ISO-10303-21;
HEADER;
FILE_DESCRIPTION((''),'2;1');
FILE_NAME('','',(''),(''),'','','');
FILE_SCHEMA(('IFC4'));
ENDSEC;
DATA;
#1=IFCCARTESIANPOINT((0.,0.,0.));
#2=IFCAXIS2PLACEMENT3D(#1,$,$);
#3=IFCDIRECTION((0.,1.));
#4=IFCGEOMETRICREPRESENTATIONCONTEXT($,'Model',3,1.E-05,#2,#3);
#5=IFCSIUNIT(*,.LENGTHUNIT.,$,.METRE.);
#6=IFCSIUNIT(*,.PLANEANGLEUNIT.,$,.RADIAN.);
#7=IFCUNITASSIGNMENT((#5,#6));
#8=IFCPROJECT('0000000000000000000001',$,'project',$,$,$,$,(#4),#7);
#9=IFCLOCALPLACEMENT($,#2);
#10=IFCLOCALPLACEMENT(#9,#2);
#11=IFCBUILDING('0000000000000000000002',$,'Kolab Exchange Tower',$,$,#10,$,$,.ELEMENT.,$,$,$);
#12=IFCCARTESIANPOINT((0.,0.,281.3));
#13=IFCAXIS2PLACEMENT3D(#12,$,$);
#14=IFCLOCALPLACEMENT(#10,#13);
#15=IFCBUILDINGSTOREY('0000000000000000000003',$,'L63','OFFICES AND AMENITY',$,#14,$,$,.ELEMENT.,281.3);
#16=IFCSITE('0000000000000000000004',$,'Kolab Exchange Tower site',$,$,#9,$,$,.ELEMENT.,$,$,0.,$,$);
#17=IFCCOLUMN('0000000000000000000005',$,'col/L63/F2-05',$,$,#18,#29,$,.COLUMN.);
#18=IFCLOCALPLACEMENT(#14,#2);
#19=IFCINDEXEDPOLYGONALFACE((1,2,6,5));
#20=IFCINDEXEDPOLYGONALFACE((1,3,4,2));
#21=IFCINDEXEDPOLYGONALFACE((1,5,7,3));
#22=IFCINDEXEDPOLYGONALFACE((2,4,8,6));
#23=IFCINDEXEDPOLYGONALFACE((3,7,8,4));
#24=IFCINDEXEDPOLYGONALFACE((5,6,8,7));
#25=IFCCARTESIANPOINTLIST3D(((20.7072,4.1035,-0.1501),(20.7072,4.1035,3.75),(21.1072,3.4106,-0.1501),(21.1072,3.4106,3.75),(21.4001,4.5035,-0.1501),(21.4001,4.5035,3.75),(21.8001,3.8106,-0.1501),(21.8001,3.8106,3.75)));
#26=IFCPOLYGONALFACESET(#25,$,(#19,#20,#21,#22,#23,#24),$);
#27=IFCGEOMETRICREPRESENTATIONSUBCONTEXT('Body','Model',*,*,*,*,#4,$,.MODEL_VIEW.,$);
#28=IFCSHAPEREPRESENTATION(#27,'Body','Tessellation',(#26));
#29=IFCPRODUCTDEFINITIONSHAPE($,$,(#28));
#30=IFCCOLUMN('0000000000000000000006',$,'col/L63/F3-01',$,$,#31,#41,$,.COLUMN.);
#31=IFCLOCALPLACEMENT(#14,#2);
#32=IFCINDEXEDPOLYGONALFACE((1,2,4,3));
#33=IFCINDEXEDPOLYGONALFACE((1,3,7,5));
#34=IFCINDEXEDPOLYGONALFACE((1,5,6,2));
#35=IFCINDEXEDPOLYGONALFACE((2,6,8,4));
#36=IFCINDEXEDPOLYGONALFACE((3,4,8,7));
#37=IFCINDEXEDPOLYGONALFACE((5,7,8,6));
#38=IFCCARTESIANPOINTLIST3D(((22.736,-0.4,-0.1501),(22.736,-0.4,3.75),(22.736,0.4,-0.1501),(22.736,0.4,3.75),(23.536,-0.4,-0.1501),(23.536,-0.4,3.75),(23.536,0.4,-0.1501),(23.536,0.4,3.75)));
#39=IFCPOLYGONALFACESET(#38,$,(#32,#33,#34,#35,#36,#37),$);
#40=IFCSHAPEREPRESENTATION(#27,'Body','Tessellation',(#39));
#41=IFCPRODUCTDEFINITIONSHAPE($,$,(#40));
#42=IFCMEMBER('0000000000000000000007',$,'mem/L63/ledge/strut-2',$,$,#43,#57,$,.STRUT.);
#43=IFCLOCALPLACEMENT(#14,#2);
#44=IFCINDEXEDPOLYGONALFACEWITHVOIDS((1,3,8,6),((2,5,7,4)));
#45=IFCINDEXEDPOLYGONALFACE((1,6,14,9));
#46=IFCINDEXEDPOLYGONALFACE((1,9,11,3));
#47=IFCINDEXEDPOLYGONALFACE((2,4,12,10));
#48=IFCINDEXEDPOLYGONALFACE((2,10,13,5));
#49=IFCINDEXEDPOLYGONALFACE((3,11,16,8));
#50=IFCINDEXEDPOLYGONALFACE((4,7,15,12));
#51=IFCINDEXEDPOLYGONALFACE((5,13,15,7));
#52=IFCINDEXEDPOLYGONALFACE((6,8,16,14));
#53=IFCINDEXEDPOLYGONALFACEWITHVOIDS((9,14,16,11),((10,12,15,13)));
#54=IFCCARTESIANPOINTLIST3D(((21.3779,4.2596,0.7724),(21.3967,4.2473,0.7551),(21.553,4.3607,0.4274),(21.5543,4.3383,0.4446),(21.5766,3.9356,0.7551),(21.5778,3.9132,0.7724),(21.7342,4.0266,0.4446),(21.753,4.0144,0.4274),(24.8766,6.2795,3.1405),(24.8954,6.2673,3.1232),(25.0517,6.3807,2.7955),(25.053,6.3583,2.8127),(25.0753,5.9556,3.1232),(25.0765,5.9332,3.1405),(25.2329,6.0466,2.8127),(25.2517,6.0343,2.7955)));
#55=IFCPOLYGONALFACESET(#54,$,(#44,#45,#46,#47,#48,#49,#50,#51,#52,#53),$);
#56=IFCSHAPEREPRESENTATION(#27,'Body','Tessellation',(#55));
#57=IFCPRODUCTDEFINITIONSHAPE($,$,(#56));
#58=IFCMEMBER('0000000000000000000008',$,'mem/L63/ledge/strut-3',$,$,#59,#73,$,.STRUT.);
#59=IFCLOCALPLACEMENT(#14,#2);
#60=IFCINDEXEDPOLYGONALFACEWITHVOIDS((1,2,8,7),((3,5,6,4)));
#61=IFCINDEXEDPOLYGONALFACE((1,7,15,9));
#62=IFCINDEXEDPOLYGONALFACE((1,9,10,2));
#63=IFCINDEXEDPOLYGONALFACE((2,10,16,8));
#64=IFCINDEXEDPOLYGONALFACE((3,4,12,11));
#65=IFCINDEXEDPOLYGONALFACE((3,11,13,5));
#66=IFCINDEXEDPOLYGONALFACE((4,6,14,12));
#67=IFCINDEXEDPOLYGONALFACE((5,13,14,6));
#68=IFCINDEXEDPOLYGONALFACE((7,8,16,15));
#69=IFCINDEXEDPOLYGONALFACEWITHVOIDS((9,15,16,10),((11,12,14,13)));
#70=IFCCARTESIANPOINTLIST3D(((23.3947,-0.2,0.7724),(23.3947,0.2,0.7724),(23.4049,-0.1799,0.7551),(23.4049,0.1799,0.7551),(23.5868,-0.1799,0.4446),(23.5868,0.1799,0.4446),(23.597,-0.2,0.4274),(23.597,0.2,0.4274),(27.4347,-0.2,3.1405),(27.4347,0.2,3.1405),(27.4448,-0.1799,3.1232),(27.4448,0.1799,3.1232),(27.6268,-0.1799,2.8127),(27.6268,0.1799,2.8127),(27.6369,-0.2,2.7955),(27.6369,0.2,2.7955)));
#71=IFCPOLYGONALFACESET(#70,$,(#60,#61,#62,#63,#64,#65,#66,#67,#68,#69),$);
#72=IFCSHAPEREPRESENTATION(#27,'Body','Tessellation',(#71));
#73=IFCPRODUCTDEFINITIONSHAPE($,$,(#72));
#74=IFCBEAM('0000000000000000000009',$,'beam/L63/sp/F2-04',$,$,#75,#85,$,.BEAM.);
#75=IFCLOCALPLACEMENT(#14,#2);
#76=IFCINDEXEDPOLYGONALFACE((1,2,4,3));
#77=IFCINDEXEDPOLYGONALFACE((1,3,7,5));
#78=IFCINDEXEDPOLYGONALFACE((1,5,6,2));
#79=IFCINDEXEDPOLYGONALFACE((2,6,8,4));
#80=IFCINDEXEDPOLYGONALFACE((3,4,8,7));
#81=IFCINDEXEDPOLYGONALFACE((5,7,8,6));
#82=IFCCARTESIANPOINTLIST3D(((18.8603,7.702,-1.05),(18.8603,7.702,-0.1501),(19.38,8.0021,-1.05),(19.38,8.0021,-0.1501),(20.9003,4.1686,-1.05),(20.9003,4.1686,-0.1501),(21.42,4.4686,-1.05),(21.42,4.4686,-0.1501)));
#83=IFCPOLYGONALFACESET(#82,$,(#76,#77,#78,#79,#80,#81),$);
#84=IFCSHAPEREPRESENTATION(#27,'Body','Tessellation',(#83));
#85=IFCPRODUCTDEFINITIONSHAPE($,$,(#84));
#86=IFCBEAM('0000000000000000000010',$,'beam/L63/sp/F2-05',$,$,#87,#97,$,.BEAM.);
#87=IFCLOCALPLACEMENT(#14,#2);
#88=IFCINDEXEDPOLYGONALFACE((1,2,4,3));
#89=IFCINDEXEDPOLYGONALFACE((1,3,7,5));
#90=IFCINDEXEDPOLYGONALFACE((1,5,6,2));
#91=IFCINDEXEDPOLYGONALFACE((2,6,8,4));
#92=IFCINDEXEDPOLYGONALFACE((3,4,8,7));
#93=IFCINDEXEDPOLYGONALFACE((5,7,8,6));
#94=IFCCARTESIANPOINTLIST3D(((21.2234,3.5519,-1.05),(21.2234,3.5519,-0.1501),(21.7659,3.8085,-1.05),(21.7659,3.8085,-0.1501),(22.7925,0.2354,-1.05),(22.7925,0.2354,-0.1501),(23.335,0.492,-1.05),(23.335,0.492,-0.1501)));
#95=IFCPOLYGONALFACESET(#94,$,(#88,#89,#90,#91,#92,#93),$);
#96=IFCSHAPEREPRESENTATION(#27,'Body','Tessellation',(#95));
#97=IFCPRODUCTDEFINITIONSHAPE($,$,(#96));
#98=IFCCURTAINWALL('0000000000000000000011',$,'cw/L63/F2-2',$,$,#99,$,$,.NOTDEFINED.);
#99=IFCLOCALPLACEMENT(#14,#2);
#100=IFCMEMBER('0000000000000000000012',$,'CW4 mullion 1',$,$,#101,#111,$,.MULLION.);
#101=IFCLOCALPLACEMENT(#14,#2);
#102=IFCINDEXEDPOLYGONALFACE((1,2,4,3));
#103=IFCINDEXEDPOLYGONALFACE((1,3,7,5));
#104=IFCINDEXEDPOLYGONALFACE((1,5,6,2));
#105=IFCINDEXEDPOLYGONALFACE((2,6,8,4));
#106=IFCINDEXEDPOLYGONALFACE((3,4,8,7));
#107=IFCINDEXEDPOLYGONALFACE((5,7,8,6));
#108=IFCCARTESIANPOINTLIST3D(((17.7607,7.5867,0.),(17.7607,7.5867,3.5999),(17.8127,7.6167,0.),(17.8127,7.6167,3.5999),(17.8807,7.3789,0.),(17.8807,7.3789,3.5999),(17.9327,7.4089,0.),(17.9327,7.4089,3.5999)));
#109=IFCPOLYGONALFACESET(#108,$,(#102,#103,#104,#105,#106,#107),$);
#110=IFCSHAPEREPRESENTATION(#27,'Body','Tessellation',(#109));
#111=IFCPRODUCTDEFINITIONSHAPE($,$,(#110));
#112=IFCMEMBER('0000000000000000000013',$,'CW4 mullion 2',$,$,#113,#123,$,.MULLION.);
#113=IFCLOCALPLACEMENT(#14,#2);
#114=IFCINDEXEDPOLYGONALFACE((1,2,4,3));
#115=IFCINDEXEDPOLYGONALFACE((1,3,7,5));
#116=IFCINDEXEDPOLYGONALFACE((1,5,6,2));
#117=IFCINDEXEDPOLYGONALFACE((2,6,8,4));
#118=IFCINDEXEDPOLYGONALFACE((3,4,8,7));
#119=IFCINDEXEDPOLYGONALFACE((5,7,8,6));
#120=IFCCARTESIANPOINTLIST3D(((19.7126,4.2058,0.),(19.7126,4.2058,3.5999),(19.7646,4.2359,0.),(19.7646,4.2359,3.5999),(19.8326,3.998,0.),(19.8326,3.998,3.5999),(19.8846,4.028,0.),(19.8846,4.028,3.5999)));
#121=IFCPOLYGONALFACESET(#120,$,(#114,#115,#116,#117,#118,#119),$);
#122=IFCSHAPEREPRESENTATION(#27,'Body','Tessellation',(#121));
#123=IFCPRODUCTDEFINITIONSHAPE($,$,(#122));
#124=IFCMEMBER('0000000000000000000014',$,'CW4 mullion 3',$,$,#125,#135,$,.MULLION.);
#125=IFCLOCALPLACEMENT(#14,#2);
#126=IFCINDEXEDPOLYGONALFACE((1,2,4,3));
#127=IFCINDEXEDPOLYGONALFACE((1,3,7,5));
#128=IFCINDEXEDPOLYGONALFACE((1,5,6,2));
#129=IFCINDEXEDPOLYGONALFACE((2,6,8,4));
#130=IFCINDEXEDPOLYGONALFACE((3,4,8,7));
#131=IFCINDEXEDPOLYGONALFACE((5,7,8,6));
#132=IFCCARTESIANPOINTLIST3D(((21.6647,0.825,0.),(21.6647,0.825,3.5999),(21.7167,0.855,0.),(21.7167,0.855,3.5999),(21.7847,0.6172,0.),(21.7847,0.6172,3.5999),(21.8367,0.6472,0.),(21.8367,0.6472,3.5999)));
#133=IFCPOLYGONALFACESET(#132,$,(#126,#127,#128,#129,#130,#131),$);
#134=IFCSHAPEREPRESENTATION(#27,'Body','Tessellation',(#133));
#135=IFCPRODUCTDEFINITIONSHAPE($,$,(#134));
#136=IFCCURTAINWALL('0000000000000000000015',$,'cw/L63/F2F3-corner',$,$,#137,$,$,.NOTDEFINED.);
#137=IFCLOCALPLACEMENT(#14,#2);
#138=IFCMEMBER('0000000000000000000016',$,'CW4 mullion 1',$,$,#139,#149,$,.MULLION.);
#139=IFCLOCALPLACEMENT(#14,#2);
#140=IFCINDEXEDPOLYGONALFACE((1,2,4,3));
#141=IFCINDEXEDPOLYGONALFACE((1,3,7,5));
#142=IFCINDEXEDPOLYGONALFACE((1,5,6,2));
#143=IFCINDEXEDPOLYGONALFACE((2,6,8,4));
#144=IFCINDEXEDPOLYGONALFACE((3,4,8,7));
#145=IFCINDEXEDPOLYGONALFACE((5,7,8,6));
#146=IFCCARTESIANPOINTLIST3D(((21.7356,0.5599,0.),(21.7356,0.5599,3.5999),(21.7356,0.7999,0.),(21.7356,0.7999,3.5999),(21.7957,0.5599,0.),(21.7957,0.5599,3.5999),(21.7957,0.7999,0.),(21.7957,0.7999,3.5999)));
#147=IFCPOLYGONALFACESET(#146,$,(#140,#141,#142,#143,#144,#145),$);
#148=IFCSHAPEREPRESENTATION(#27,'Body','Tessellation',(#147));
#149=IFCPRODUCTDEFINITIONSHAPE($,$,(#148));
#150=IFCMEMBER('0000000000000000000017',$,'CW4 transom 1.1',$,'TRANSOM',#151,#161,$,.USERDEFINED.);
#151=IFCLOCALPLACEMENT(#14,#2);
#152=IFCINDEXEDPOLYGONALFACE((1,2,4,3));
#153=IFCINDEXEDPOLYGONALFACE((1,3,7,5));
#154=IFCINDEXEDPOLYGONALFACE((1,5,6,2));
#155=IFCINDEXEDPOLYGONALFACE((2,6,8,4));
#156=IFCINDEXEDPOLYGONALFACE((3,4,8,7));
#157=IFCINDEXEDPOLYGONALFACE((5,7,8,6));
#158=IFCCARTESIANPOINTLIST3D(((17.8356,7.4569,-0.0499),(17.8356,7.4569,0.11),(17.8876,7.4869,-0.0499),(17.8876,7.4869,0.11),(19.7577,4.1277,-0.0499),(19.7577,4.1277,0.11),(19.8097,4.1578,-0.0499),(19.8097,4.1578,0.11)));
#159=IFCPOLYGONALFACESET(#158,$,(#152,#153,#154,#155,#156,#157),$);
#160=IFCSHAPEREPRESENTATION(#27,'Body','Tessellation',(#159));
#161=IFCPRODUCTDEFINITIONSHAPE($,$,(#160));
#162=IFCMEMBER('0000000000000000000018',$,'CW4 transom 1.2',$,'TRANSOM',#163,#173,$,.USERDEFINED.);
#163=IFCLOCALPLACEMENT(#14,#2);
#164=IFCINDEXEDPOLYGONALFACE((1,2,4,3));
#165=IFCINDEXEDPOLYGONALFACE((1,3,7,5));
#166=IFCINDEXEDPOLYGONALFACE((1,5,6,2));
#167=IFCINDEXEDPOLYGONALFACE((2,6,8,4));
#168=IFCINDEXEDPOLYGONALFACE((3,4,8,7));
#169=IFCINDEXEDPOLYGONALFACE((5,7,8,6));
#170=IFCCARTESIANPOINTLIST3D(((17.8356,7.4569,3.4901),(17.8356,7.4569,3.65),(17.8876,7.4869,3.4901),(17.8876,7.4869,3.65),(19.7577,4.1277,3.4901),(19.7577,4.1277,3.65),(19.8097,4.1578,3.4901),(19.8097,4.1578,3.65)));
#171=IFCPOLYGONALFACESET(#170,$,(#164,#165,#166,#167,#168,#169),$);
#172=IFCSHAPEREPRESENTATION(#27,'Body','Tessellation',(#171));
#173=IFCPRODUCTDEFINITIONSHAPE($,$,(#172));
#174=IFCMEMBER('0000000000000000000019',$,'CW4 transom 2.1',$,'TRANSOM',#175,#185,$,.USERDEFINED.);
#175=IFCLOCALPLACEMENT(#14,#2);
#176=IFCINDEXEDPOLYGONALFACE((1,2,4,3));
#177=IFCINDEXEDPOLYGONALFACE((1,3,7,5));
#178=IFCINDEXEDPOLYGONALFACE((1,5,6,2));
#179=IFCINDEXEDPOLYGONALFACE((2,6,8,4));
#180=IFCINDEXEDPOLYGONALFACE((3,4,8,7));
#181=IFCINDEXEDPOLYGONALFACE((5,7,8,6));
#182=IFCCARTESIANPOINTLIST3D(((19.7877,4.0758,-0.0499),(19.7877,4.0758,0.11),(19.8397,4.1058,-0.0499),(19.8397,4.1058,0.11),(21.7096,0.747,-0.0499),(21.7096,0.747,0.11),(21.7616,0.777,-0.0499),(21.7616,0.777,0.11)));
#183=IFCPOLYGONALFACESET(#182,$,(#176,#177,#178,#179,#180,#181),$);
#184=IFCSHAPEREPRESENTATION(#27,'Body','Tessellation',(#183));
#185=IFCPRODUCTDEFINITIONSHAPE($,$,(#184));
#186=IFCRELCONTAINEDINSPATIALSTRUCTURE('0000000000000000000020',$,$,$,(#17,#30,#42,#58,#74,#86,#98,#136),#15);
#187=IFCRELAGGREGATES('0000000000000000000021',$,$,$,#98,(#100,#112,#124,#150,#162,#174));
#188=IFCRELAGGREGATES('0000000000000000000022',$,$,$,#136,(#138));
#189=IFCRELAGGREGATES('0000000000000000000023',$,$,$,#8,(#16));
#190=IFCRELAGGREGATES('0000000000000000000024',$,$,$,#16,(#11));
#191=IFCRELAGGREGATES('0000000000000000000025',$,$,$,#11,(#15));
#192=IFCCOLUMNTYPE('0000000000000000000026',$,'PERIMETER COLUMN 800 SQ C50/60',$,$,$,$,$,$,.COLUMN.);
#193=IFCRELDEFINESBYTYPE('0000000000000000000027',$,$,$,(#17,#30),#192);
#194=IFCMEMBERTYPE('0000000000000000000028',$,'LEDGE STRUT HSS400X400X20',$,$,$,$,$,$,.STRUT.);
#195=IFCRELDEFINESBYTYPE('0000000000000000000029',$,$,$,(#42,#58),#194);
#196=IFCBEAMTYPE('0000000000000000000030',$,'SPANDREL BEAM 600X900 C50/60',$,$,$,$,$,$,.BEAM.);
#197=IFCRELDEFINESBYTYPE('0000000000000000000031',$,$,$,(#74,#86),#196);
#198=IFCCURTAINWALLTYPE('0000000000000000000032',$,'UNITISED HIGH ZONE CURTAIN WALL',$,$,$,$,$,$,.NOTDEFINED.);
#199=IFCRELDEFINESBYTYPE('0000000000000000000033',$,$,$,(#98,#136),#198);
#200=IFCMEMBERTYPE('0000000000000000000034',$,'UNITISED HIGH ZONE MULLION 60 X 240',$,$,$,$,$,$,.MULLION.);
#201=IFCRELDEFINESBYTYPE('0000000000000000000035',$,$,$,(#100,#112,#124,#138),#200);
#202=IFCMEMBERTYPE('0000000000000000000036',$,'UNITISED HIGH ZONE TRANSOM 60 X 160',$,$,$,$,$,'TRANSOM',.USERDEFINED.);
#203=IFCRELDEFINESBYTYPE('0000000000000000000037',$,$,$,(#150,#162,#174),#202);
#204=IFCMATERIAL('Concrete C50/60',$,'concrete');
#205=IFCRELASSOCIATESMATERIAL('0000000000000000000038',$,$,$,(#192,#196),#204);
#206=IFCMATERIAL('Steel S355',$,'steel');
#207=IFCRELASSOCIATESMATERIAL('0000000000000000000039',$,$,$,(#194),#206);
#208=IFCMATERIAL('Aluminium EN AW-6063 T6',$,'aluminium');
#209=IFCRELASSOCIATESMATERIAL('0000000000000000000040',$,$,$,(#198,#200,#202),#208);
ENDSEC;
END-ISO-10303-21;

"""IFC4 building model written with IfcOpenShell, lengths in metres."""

from ifc_helpers import new_model, si_unit, direction, frame, origin, origin_2d, place, context, subcontext, project, spatial, rectangle, hollow_rectangle, extrude, material, material_profile, profile_set, type_object, element, aggregate, save


model = new_model("IFC4")

# Units and contexts
model_context = context("Model", 3, precision=1e-05, world=origin(), true_north=direction((0.0, 1.0)))
body_context = subcontext(model_context, "Body", "Model", "MODEL_VIEW")
ifc_project = project(units=[si_unit("LENGTHUNIT", "METRE"), si_unit("PLANEANGLEUNIT", "RADIAN")], contexts=[model_context])

# Site, building, storey
site_placement = place(None, origin())
site = spatial("IfcSite", under=ifc_project, at=site_placement, Name="Kolab Exchange Tower site", CompositionType="ELEMENT", RefElevation=0.0)
building_placement = place(site_placement, origin())
building = spatial("IfcBuilding", under=site, at=building_placement, Name="Kolab Exchange Tower", CompositionType="ELEMENT")
storey_placement = place(building_placement, frame((0.0, 0.0, 281.3)))
storey = spatial("IfcBuildingStorey", under=building, at=storey_placement, Name="L63", Description="OFFICES AND AMENITY", CompositionType="ELEMENT", Elevation=281.3)

# Columns
ifc_material_1 = material(Name="Concrete C50/60", Category="concrete")
ifc_material_profile_1 = material_profile(ifc_material_1, rectangle(XDim=0.8, YDim=0.8, at=origin_2d()), Name="RC800")
ifc_profile_set_1 = profile_set([ifc_material_profile_1], Name="Concrete C50/60")
column_type = type_object("IfcColumnType", Name="PERIMETER COLUMN 800 SQ C50/60", PredefinedType="COLUMN", material=ifc_profile_set_1)
for number, where, z_axis, x_axis, name in (
    (1, (21.2537, 3.957, -0.1501), (0.0, 0.0, 1.0), (0.866025, 0.5, 0.0), "col/L63/F2-05"),
    (2, (23.136, 0.0, -0.1501), (0.0, 0.0, 1.0), (1.0, 0.0, 0.0), "col/L63/F3-01"),
):
    element("IfcColumn", number, at=place(storey_placement, frame(where, z_axis=z_axis, x_axis=x_axis)), inside=storey, type_object=column_type, Name=name, PredefinedType="COLUMN", context=body_context, shape_type="SweptSolid", body=[
        extrude(rectangle(XDim=0.8, YDim=0.8, at=origin_2d()), origin(), (0.0, 0.0, 1.0), 3.9001),
    ])

# Members
ifc_material_2 = material(Name="Steel S355", Category="steel")
ifc_material_profile_2 = material_profile(ifc_material_2, hollow_rectangle(XDim=0.3999, YDim=0.3999, WallThickness=0.02, at=origin_2d()), Name="HSS400X400X20")
ifc_profile_set_2 = profile_set([ifc_material_profile_2], Name="Steel S355")
member_type_1 = type_object("IfcMemberType", Name="LEDGE STRUT HSS400X400X20", PredefinedType="STRUT", material=ifc_profile_set_2)
for number, where, z_axis, x_axis, name in (
    (3, (21.5654, 4.137, 0.5999), (0.747129, 0.431355, 0.505698), (-0.5, 0.866026, 0.0), "mem/L63/ledge/strut-2"),
    (4, (23.4958, 0.0, 0.5999), (0.862711, 0.0, 0.505698), (0.0, 1.0, 0.0), "mem/L63/ledge/strut-3"),
):
    element("IfcMember", number, at=place(storey_placement, frame(where, z_axis=z_axis, x_axis=x_axis)), inside=storey, type_object=member_type_1, Name=name, PredefinedType="STRUT", context=body_context, shape_type="SweptSolid", body=[
        extrude(hollow_rectangle(XDim=0.3999, YDim=0.3999, WallThickness=0.02, at=origin_2d()), origin(), (0.0, 0.0, 1.0), 4.6829),
    ])

# Beams
ifc_material_profile_3 = material_profile(ifc_material_1, rectangle(XDim=0.6001, YDim=0.8999, at=origin_2d()), Name="RC600X900")
ifc_profile_set_3 = profile_set([ifc_material_profile_3], Name="Concrete C50/60")
beam_type = type_object("IfcBeamType", Name="SPANDREL BEAM 600X900 C50/60", PredefinedType="BEAM", material=ifc_profile_set_3)
beam_1_placement = place(storey_placement, frame((19.1201, 7.8521, -0.6001), z_axis=(0.5, -0.866025, 0.0), x_axis=(0.866025, 0.5, 0.0)))
element("IfcBeam", 5, at=beam_1_placement, inside=storey, type_object=beam_type, Name="beam/L63/sp/F2-04", PredefinedType="BEAM", context=body_context, shape_type="SweptSolid", body=[
    extrude(rectangle(XDim=0.6001, YDim=0.8999, at=origin_2d()), origin(), (0.0, 0.0, 1.0), 4.0801),
])
beam_2_placement = place(storey_placement, frame((21.4946, 3.6802, -0.6001), z_axis=(0.427677, -0.903932, 0.0), x_axis=(0.903932, 0.427677, 0.0)))
element("IfcBeam", 6, at=beam_2_placement, inside=storey, type_object=beam_type, Name="beam/L63/sp/F2-05", PredefinedType="BEAM", context=body_context, shape_type="SweptSolid", body=[
    extrude(rectangle(XDim=0.6001, YDim=0.8999, at=origin_2d()), origin(), (0.0, 0.0, 1.0), 3.6689),
])

# Curtain wall, members
ifc_material_3 = material(Name="Aluminium EN AW-6063 T6", Category="aluminium")
curtain_wall_type = type_object("IfcCurtainWallType", Name="UNITISED HIGH ZONE CURTAIN WALL", PredefinedType="NOTDEFINED", material=ifc_material_3)
curtain_wall_1_placement = place(storey_placement, origin())
curtain_wall_1 = element("IfcCurtainWall", 7, at=curtain_wall_1_placement, inside=storey, type_object=curtain_wall_type, Name="cw/L63/F2-2", PredefinedType="NOTDEFINED")
ifc_material_profile_4 = material_profile(ifc_material_3, rectangle(XDim=0.0601, YDim=0.24, at=origin_2d()), Name="RECT 60X240")
ifc_profile_set_4 = profile_set([ifc_material_profile_4], Name="Aluminium EN AW-6063 T6")
member_type_2 = type_object("IfcMemberType", Name="UNITISED HIGH ZONE MULLION 60 X 240", PredefinedType="MULLION", material=ifc_profile_set_4)
member_1_placement = place(storey_placement, frame((17.8467, 7.4978, 0.0), z_axis=(0.0, 0.0, 1.0), x_axis=(0.866025, 0.5, 0.0)))
member_1 = element("IfcMember", 8, at=member_1_placement, type_object=member_type_2, Name="CW4 mullion 1", PredefinedType="MULLION", context=body_context, shape_type="SweptSolid", body=[
    extrude(rectangle(XDim=0.0601, YDim=0.24, at=origin_2d()), origin(), (0.0, 0.0, 1.0), 3.5999),
])
member_2_placement = place(storey_placement, frame((19.7986, 4.1169, 0.0), z_axis=(0.0, 0.0, 1.0), x_axis=(0.866025, 0.5, 0.0)))
member_2 = element("IfcMember", 9, at=member_2_placement, type_object=member_type_2, Name="CW4 mullion 2", PredefinedType="MULLION", context=body_context, shape_type="SweptSolid", body=[
    extrude(rectangle(XDim=0.0601, YDim=0.24, at=origin_2d()), origin(), (0.0, 0.0, 1.0), 3.5999),
])
member_3_placement = place(storey_placement, frame((21.7507, 0.7361, 0.0), z_axis=(0.0, 0.0, 1.0), x_axis=(0.866025, 0.5, 0.0)))
member_3 = element("IfcMember", 10, at=member_3_placement, type_object=member_type_2, Name="CW4 mullion 3", PredefinedType="MULLION", context=body_context, shape_type="SweptSolid", body=[
    extrude(rectangle(XDim=0.0601, YDim=0.24, at=origin_2d()), origin(), (0.0, 0.0, 1.0), 3.5999),
])

# Curtain wall, member
curtain_wall_2_placement = place(storey_placement, origin())
curtain_wall_2 = element("IfcCurtainWall", 11, at=curtain_wall_2_placement, inside=storey, type_object=curtain_wall_type, Name="cw/L63/F2F3-corner", PredefinedType="NOTDEFINED")
member_4_placement = place(storey_placement, frame((21.7656, 0.6799, 0.0), z_axis=(0.0, 0.0, 1.0), x_axis=(1.0, 0.0, 0.0)))
member_4 = element("IfcMember", 12, at=member_4_placement, type_object=member_type_2, Name="CW4 mullion 1", PredefinedType="MULLION", context=body_context, shape_type="SweptSolid", body=[
    extrude(rectangle(XDim=0.0601, YDim=0.24, at=origin_2d()), origin(), (0.0, 0.0, 1.0), 3.5999),
])

# Members
ifc_material_profile_5 = material_profile(ifc_material_3, rectangle(XDim=0.0601, YDim=0.1599, at=origin_2d()), Name="RECT 60X160")
ifc_profile_set_5 = profile_set([ifc_material_profile_5], Name="Aluminium EN AW-6063 T6")
member_type_3 = type_object("IfcMemberType", Name="UNITISED HIGH ZONE TRANSOM 60 X 160", ElementType="TRANSOM", PredefinedType="USERDEFINED", material=ifc_profile_set_5)
member_5_placement = place(storey_placement, frame((17.8616, 7.4719, 0.03), z_axis=(0.500012, -0.866018, 0.0), x_axis=(0.866018, 0.500012, 0.0)))
member_5 = element("IfcMember", 13, at=member_5_placement, type_object=member_type_3, Name="CW4 transom 1.1", ObjectType="TRANSOM", PredefinedType="USERDEFINED", context=body_context, shape_type="SweptSolid", body=[
    extrude(rectangle(XDim=0.0601, YDim=0.1599, at=origin_2d()), origin(), (0.0, 0.0, 1.0), 3.8442),
])
member_6_placement = place(storey_placement, frame((17.8616, 7.4719, 3.5701), z_axis=(0.500012, -0.866018, 0.0), x_axis=(0.866018, 0.500012, 0.0)))
member_6 = element("IfcMember", 14, at=member_6_placement, type_object=member_type_3, Name="CW4 transom 1.2", ObjectType="TRANSOM", PredefinedType="USERDEFINED", context=body_context, shape_type="SweptSolid", body=[
    extrude(rectangle(XDim=0.0601, YDim=0.1599, at=origin_2d()), origin(), (0.0, 0.0, 1.0), 3.8442),
])
member_7_placement = place(storey_placement, frame((19.8137, 4.0908, 0.03), z_axis=(0.499992, -0.86603, 0.0), x_axis=(0.86603, 0.499992, 0.0)))
member_7 = element("IfcMember", 15, at=member_7_placement, type_object=member_type_3, Name="CW4 transom 2.1", ObjectType="TRANSOM", PredefinedType="USERDEFINED", context=body_context, shape_type="SweptSolid", body=[
    extrude(rectangle(XDim=0.0601, YDim=0.1599, at=origin_2d()), origin(), (0.0, 0.0, 1.0), 3.8438),
])

aggregate(curtain_wall_1, [member_1, member_2, member_3, member_5, member_6, member_7])
aggregate(curtain_wall_2, [member_4])

save(model, "model.ifc")
